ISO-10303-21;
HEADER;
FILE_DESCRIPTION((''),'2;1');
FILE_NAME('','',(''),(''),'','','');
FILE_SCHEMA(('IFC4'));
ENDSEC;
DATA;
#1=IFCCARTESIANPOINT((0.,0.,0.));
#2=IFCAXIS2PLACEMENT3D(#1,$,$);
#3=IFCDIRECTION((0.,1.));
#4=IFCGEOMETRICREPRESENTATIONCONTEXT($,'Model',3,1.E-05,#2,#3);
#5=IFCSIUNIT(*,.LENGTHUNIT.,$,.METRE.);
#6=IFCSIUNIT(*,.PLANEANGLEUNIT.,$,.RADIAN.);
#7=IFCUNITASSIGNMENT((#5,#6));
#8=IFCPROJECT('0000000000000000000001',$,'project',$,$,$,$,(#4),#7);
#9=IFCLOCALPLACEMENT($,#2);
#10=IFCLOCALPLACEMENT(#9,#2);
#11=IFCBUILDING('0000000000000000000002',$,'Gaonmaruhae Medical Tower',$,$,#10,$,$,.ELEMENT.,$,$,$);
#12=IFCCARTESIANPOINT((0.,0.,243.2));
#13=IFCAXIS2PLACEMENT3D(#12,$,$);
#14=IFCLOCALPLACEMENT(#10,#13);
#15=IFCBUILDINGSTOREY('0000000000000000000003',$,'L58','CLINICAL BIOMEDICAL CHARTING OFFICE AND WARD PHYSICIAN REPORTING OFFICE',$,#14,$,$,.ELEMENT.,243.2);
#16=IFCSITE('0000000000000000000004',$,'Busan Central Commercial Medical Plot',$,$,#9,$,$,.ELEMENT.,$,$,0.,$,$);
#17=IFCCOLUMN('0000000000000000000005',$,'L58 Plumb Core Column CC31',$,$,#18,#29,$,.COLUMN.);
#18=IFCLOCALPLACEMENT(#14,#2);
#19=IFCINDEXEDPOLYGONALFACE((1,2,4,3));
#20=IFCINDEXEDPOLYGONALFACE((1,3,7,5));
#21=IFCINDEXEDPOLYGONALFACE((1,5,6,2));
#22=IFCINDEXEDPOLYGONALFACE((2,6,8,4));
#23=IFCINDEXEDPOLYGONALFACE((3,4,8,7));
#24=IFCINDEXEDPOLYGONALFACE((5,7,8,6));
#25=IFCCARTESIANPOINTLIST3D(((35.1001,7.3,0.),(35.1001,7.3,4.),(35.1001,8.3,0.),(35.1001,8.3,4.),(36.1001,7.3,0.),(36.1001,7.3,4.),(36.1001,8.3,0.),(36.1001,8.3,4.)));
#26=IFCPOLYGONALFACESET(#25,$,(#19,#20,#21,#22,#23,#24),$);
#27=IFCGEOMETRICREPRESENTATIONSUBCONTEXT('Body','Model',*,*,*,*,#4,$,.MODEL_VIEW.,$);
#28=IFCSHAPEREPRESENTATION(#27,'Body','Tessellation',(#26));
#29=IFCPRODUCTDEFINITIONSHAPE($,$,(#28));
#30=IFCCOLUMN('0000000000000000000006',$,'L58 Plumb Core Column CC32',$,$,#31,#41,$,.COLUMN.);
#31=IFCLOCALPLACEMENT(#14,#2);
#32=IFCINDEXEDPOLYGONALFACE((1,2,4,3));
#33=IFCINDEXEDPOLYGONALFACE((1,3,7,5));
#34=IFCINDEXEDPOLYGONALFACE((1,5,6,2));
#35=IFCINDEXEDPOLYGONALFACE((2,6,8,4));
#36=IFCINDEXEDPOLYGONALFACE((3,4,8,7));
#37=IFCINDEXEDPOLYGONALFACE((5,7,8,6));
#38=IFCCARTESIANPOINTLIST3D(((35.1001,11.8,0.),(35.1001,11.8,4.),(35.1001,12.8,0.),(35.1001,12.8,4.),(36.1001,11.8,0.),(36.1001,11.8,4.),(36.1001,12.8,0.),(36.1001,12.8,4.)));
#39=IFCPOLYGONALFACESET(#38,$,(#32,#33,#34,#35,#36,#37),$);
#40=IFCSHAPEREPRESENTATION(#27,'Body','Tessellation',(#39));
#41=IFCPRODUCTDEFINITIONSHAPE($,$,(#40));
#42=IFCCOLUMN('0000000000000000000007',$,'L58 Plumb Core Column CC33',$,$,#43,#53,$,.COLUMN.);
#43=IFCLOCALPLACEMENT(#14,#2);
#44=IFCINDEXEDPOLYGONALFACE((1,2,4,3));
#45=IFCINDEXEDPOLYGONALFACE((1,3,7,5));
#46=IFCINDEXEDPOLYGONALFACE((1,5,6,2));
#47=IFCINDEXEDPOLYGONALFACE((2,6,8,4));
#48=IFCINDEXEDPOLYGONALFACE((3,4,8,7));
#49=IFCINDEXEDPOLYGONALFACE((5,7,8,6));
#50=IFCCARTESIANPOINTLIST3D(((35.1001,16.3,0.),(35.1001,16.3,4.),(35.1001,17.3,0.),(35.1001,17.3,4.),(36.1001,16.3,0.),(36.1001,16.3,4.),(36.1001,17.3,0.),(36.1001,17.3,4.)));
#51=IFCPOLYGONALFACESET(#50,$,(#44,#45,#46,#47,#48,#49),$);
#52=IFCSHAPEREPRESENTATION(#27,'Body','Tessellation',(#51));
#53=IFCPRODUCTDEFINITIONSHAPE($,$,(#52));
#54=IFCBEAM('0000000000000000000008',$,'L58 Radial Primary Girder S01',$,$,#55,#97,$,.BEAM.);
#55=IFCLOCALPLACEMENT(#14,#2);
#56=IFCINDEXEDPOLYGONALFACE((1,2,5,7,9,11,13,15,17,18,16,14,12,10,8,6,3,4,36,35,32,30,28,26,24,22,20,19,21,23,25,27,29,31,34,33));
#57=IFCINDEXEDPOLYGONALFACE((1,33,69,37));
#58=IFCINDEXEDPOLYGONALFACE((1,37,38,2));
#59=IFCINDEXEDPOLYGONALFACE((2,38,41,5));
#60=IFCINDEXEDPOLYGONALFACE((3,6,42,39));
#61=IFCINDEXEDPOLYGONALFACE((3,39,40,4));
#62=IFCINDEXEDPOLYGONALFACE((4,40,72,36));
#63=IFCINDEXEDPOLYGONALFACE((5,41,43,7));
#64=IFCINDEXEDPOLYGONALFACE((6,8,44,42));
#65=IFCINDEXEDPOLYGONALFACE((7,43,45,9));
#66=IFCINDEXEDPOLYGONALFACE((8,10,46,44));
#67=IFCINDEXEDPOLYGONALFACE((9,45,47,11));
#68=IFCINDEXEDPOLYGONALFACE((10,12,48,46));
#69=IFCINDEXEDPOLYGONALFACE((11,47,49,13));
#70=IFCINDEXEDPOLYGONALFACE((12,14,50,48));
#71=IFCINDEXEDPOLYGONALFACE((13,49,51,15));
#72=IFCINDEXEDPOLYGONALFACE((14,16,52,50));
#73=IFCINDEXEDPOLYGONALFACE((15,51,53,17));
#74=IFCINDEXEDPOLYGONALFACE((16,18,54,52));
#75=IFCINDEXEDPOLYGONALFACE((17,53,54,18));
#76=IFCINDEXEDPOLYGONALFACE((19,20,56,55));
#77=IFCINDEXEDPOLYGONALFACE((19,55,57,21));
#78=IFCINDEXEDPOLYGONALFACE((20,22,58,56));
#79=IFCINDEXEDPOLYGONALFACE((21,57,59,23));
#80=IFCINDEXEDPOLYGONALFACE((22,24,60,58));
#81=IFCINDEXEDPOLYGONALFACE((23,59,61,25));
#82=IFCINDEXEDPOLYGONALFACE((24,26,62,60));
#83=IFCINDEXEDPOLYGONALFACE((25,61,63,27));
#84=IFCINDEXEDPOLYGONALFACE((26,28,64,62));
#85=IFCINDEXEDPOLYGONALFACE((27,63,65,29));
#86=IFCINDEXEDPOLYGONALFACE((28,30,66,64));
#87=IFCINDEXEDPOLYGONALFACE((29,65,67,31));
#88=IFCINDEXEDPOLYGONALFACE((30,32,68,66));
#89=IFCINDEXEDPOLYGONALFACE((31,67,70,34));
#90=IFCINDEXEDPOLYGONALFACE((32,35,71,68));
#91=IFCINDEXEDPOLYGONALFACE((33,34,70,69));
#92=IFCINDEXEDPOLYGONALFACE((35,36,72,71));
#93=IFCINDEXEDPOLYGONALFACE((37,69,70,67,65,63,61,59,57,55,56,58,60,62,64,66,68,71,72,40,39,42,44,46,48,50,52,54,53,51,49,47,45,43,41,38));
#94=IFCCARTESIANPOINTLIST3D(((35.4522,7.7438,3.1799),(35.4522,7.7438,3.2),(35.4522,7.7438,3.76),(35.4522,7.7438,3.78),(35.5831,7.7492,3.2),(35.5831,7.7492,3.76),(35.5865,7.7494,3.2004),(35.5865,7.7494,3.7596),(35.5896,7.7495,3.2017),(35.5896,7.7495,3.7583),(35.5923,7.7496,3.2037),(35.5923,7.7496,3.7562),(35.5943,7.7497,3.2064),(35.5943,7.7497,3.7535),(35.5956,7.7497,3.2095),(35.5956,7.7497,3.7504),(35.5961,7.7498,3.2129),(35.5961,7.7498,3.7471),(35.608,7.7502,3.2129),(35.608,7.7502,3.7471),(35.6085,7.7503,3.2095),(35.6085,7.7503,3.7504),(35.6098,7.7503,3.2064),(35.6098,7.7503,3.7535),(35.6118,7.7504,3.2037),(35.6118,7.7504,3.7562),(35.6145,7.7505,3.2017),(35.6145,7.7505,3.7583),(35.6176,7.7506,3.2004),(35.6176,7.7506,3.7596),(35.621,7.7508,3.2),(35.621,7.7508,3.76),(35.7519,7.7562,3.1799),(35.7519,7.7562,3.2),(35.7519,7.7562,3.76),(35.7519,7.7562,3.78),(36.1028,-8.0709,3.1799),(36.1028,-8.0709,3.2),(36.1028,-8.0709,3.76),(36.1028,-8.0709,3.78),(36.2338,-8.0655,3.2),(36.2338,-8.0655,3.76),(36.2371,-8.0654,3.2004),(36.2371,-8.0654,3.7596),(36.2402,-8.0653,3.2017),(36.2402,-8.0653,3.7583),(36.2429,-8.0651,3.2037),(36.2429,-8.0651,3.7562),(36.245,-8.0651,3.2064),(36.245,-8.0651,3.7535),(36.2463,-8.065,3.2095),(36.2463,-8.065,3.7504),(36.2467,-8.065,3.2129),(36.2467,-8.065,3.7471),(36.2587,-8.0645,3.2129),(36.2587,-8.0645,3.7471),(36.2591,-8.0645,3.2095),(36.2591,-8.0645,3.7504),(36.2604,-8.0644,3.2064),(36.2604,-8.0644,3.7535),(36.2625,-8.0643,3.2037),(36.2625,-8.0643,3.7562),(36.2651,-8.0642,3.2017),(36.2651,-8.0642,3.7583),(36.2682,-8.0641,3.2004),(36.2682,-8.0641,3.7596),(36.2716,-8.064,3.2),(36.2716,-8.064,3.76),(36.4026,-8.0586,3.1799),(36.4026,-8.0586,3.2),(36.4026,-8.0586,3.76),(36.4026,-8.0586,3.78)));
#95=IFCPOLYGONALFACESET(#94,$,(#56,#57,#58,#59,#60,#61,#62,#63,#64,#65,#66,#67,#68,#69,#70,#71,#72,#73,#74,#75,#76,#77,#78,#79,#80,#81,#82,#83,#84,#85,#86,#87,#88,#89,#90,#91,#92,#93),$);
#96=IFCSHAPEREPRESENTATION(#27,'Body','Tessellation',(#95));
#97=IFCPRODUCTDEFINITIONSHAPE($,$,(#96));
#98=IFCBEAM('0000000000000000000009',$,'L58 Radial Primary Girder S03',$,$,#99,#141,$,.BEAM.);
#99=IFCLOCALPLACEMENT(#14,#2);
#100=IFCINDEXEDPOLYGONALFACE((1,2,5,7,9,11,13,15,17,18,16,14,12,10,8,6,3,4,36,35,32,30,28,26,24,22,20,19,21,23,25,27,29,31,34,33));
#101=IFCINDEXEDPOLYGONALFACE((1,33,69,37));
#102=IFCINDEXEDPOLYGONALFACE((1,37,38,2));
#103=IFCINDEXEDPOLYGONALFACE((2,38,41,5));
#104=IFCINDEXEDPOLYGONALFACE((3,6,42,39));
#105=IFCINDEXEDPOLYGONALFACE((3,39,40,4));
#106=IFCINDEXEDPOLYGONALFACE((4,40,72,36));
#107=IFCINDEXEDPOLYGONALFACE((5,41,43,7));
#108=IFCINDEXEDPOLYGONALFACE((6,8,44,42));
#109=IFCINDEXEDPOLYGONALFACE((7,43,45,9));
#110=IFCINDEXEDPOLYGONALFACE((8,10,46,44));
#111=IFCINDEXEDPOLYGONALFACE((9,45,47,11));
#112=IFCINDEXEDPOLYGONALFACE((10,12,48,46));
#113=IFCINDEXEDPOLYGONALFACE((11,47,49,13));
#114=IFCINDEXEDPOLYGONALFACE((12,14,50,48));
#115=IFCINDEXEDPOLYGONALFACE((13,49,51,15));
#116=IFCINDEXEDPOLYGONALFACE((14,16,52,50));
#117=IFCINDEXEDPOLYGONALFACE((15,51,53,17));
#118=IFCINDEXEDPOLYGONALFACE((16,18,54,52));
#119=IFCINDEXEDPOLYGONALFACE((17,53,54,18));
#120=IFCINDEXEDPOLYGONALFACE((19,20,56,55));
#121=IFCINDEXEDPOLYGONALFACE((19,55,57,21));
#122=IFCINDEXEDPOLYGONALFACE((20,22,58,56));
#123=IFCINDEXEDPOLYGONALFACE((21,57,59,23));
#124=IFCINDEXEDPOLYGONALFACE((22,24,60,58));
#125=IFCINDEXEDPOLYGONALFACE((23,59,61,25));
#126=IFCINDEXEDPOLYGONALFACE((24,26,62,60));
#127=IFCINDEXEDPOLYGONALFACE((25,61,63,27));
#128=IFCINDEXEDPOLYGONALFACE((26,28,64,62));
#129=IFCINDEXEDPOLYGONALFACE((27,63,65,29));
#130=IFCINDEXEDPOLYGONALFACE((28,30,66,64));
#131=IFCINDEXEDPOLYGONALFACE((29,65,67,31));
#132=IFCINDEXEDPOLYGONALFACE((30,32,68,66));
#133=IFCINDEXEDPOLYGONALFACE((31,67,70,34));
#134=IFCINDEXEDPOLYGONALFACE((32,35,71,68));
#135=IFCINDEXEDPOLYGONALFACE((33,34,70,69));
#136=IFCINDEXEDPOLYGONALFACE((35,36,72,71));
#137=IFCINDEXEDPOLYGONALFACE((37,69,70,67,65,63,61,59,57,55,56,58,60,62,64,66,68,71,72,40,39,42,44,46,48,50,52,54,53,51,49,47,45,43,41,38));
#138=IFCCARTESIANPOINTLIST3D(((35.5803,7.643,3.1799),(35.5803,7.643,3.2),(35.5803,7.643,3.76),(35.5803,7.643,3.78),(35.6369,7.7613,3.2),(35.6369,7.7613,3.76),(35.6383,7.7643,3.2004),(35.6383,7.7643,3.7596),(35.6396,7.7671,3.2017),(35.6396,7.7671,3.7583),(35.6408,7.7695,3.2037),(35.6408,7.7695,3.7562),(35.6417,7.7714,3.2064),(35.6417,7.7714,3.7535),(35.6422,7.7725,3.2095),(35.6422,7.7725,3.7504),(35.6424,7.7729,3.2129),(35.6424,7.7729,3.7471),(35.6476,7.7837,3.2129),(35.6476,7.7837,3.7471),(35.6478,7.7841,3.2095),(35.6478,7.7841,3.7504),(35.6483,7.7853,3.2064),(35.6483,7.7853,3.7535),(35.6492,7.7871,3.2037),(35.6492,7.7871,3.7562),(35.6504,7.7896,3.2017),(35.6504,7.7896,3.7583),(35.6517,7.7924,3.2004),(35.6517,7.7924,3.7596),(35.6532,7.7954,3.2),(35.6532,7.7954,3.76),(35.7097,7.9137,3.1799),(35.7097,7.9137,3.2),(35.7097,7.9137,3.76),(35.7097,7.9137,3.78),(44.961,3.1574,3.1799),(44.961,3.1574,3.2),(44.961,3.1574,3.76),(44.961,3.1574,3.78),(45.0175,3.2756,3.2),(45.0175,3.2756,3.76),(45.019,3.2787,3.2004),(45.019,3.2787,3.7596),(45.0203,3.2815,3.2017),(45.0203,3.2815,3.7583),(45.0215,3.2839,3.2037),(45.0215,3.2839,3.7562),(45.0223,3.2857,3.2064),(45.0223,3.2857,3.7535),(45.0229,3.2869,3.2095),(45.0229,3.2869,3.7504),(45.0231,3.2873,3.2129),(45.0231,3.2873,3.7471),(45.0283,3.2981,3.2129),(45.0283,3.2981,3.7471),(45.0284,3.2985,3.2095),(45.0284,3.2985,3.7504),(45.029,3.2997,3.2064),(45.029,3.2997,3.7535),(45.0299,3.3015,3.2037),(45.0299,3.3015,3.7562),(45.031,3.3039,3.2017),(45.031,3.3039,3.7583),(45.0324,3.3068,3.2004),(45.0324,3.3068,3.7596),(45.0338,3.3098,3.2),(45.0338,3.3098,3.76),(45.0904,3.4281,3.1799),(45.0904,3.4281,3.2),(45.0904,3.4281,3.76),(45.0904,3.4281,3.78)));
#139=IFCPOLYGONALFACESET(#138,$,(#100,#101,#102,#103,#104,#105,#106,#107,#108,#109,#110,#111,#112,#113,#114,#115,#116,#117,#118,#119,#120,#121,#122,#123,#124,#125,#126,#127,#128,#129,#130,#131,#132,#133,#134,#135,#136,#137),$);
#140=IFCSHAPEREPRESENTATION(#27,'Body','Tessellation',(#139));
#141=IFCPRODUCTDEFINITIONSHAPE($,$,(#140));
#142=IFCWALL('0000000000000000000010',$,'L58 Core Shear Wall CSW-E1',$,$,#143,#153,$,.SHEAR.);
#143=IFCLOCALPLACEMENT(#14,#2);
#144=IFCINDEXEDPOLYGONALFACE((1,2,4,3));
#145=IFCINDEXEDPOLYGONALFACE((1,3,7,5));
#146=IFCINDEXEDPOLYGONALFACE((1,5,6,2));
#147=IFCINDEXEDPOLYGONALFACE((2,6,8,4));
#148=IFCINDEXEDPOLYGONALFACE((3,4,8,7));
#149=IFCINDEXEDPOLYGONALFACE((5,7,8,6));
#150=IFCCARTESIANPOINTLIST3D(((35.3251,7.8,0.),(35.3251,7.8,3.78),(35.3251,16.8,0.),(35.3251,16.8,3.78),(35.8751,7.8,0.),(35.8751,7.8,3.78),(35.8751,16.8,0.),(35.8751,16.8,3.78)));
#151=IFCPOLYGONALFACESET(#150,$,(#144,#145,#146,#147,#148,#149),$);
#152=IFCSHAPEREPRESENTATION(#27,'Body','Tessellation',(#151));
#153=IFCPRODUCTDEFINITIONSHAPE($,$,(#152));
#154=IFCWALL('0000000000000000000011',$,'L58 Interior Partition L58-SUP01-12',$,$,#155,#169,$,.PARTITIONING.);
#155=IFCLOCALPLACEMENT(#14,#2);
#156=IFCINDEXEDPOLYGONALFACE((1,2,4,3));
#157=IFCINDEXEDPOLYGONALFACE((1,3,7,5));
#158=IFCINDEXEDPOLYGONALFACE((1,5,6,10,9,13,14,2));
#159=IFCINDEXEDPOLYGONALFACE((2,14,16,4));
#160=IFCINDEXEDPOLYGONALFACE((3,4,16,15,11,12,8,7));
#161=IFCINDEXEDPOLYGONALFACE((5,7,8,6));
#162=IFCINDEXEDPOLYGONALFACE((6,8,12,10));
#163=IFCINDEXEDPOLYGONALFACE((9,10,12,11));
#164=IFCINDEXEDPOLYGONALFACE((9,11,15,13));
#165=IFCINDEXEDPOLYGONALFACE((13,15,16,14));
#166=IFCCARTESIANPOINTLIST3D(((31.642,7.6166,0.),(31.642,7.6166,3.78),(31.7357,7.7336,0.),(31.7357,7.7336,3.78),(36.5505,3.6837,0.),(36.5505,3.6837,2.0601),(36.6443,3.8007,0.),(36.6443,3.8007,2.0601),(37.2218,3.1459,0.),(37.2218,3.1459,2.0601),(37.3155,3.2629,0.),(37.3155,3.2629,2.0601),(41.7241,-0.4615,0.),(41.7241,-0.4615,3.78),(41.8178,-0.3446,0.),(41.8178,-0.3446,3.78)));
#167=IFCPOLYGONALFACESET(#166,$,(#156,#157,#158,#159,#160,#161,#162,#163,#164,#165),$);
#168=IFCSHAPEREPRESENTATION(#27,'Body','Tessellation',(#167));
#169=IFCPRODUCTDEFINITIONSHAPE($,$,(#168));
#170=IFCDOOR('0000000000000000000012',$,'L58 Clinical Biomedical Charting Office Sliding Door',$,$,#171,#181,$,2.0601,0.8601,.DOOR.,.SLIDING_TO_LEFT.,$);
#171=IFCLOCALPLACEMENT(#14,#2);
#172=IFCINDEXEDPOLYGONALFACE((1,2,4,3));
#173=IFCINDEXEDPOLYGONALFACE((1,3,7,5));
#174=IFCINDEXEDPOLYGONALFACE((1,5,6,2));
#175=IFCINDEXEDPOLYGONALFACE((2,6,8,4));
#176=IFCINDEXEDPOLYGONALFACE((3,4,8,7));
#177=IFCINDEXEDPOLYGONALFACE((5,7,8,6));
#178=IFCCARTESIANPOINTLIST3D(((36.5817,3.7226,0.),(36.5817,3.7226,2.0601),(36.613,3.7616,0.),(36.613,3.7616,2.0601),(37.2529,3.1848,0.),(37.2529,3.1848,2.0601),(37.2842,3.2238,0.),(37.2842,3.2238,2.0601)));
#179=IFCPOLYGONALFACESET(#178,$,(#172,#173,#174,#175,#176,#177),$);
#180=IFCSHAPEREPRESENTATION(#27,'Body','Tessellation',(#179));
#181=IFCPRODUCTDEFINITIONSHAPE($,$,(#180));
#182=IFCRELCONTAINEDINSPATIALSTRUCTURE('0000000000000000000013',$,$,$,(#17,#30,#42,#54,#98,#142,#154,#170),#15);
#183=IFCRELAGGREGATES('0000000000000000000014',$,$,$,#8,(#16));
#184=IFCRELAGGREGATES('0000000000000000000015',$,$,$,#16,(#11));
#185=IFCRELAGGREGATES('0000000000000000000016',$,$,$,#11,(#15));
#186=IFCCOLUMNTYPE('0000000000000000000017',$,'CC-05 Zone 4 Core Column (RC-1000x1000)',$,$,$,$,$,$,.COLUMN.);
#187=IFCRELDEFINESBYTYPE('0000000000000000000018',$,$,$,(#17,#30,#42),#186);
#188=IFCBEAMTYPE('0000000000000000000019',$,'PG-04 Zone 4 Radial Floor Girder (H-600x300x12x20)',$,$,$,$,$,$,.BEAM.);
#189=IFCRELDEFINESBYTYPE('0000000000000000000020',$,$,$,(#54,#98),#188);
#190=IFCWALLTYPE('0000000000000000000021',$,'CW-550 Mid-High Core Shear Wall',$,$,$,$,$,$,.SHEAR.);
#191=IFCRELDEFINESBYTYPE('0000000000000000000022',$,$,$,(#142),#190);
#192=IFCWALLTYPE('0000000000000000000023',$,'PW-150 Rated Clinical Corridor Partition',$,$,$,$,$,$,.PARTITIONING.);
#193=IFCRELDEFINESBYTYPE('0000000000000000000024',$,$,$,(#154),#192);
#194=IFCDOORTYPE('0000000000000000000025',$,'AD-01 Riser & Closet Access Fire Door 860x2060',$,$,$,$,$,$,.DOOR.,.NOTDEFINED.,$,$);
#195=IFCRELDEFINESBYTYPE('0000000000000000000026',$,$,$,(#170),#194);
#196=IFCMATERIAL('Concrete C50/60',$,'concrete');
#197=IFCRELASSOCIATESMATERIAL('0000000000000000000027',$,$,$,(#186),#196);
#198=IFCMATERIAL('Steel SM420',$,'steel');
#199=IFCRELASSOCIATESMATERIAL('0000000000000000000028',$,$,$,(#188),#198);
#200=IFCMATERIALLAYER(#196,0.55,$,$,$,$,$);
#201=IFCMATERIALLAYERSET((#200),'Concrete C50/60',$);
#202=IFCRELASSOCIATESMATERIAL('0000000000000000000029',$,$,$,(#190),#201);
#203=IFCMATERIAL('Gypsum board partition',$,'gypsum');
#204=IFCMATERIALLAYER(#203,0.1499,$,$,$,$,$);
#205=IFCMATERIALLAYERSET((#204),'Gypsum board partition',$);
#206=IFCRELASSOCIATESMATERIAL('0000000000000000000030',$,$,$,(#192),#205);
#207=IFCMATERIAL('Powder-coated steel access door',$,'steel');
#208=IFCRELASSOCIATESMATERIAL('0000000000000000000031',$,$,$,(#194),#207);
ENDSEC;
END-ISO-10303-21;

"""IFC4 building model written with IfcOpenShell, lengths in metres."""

from ifc_helpers import new_model, si_unit, direction, frame, frame_2d, origin, origin_2d, place, context, subcontext, project, spatial, rectangle, i_section, extrude, material, layer, layer_set, material_profile, profile_set, type_object, element, fill, save


model = new_model("IFC4")

# Units and contexts
model_context = context("Model", 3, precision=1e-05, world=origin(), true_north=direction((0.0, 1.0)))
body_context = subcontext(model_context, "Body", "Model", "MODEL_VIEW")
ifc_project = project(units=[si_unit("LENGTHUNIT", "METRE"), si_unit("PLANEANGLEUNIT", "RADIAN")], contexts=[model_context])

# Site, building, storey
site_placement = place(None, origin())
site = spatial("IfcSite", under=ifc_project, at=site_placement, Name="Busan Central Commercial Medical Plot", CompositionType="ELEMENT", RefElevation=0.0)
building_placement = place(site_placement, origin())
building = spatial("IfcBuilding", under=site, at=building_placement, Name="Gaonmaruhae Medical Tower", CompositionType="ELEMENT")
storey_placement = place(building_placement, frame((0.0, 0.0, 243.2)))
storey = spatial("IfcBuildingStorey", under=building, at=storey_placement, Name="L58", Description="CLINICAL BIOMEDICAL CHARTING OFFICE AND WARD PHYSICIAN REPORTING OFFICE", CompositionType="ELEMENT", Elevation=243.2)

# Columns
ifc_material_1 = material(Name="Concrete C50/60", Category="concrete")
ifc_material_profile_1 = material_profile(ifc_material_1, rectangle(XDim=1.0, YDim=1.0, at=origin_2d()), Name="RC-1000x1000")
ifc_profile_set_1 = profile_set([ifc_material_profile_1], Name="Concrete C50/60")
column_type = type_object("IfcColumnType", Name="CC-05 Zone 4 Core Column (RC-1000x1000)", PredefinedType="COLUMN", material=ifc_profile_set_1)
for number, where, z_axis, x_axis, name in (
    (1, (35.6001, 7.8, 0.0), (0.0, 0.0, 1.0), (1.0, 0.0, 0.0), "L58 Plumb Core Column CC31"),
    (2, (35.6001, 12.3, 0.0), (0.0, 0.0, 1.0), (1.0, 0.0, 0.0), "L58 Plumb Core Column CC32"),
    (3, (35.6001, 16.8, 0.0), (0.0, 0.0, 1.0), (1.0, 0.0, 0.0), "L58 Plumb Core Column CC33"),
):
    element("IfcColumn", number, at=place(storey_placement, frame(where, z_axis=z_axis, x_axis=x_axis)), inside=storey, type_object=column_type, Name=name, PredefinedType="COLUMN", context=body_context, shape_type="SweptSolid", body=[
        extrude(rectangle(XDim=1.0, YDim=1.0, at=origin_2d()), origin(), (0.0, 0.0, 1.0), 4.0),
    ])

# Beams
ifc_material_2 = material(Name="Steel SM420", Category="steel")
ifc_material_profile_2 = material_profile(ifc_material_2, i_section(OverallWidth=0.3, OverallDepth=0.6001, WebThickness=0.012, FlangeThickness=0.02, FilletRadius=0.0129, at=origin_2d()), Name="H-600x300x12x20")
ifc_profile_set_2 = profile_set([ifc_material_profile_2], Name="Steel SM420")
beam_type = type_object("IfcBeamType", Name="PG-04 Zone 4 Radial Floor Girder (H-600x300x12x20)", PredefinedType="BEAM", material=ifc_profile_set_2)
beam_1_placement = place(storey_placement, frame((35.6021, 7.75, 3.48), z_axis=(0.041106, -0.999155, 0.0), x_axis=(0.999155, 0.041106, 0.0)))
element("IfcBeam", 4, at=beam_1_placement, inside=storey, type_object=beam_type, Name="L58 Radial Primary Girder S01", PredefinedType="BEAM", context=body_context, shape_type="SweptSolid", body=[
    extrude(i_section(OverallWidth=0.3, OverallDepth=0.6001, WebThickness=0.012, FlangeThickness=0.02, FilletRadius=0.0129, at=origin_2d()), origin(), (0.0, 0.0, 1.0), 15.8281),
])
beam_2_placement = place(storey_placement, frame((35.645, 7.7783, 3.48), z_axis=(0.902164, -0.431394, 0.0), x_axis=(0.431394, 0.902164, 0.0)))
element("IfcBeam", 5, at=beam_2_placement, inside=storey, type_object=beam_type, Name="L58 Radial Primary Girder S03", PredefinedType="BEAM", context=body_context, shape_type="SweptSolid", body=[
    extrude(i_section(OverallWidth=0.3, OverallDepth=0.6001, WebThickness=0.012, FlangeThickness=0.02, FilletRadius=0.0129, at=origin_2d()), origin(), (0.0, 0.0, 1.0), 10.3979),
])

# Wall
ifc_layer_1 = layer(ifc_material_1, 0.55)
ifc_layer_set_1 = layer_set([ifc_layer_1], Name="Concrete C50/60")
wall_type_1 = type_object("IfcWallType", Name="CW-550 Mid-High Core Shear Wall", PredefinedType="SHEAR", material=ifc_layer_set_1)
wall_1_placement = place(storey_placement, frame((35.6001, 7.8, 0.0), z_axis=(0.0, 0.0, 1.0), x_axis=(0.0, 1.0, 0.0)))
element("IfcWall", 6, at=wall_1_placement, inside=storey, type_object=wall_type_1, Name="L58 Core Shear Wall CSW-E1", PredefinedType="SHEAR", context=body_context, shape_type="SweptSolid", body=[
    extrude(rectangle(XDim=9.0, YDim=0.55, at=frame_2d((4.5, 0.0))), origin(), (0.0, 0.0, 1.0), 3.78),
])

# Wall, opening, door
ifc_material_3 = material(Name="Gypsum board partition", Category="gypsum")
ifc_layer_2 = layer(ifc_material_3, 0.1499)
ifc_layer_set_2 = layer_set([ifc_layer_2], Name="Gypsum board partition")
wall_type_2 = type_object("IfcWallType", Name="PW-150 Rated Clinical Corridor Partition", PredefinedType="PARTITIONING", material=ifc_layer_set_2)
wall_2_placement = place(storey_placement, frame((31.689, 7.675, 0.0), z_axis=(0.0, 0.0, 1.0), x_axis=(0.780397, -0.625285, 0.0)))
wall_2 = element("IfcWall", 7, at=wall_2_placement, inside=storey, type_object=wall_type_2, Name="L58 Interior Partition L58-SUP01-12", PredefinedType="PARTITIONING", context=body_context, shape_type="SweptSolid", body=[
    extrude(rectangle(XDim=12.9192, YDim=0.1499, at=frame_2d((6.4595, 0.0))), origin(), (0.0, 0.0, 1.0), 3.78),
])
opening_1_placement = place(wall_2_placement, frame((6.2896, 0.0, 0.0)))
opening_1 = element("IfcOpeningElement", 8, at=opening_1_placement, cuts=wall_2, PredefinedType="OPENING", context=body_context, shape_type="SweptSolid", body=[
    extrude(rectangle(XDim=0.8601, YDim=2.0601, at=frame_2d((0.4302, 1.03))), frame((0.0, 0.085, 0.0), z_axis=(0.0, -1.0, 0.0), x_axis=(1.0, 0.0, 0.0)), (0.0, 0.0, 1.0), 0.1699),
])
ifc_material_4 = material(Name="Powder-coated steel access door", Category="steel")
door_type_1 = type_object("IfcDoorType", Name="AD-01 Riser & Closet Access Fire Door 860x2060", OperationType="NOTDEFINED", PredefinedType="DOOR", material=ifc_material_4)
door_1_placement = place(opening_1_placement, origin())
door_1 = element("IfcDoor", 9, at=door_1_placement, inside=storey, type_object=door_type_1, Name="L58 Clinical Biomedical Charting Office Sliding Door", OperationType="SLIDING_TO_LEFT", OverallHeight=2.0601, OverallWidth=0.8601, PredefinedType="DOOR", context=body_context, shape_type="SweptSolid", body=[
    extrude(rectangle(XDim=0.8601, YDim=2.0601, at=frame_2d((0.4302, 1.03))), frame((0.0, 0.0249, 0.0), z_axis=(0.0, -1.0, 0.0), x_axis=(1.0, 0.0, 0.0)), (0.0, 0.0, 1.0), 0.05),
])
fill(opening_1, door_1)

save(model, "model.ifc")
